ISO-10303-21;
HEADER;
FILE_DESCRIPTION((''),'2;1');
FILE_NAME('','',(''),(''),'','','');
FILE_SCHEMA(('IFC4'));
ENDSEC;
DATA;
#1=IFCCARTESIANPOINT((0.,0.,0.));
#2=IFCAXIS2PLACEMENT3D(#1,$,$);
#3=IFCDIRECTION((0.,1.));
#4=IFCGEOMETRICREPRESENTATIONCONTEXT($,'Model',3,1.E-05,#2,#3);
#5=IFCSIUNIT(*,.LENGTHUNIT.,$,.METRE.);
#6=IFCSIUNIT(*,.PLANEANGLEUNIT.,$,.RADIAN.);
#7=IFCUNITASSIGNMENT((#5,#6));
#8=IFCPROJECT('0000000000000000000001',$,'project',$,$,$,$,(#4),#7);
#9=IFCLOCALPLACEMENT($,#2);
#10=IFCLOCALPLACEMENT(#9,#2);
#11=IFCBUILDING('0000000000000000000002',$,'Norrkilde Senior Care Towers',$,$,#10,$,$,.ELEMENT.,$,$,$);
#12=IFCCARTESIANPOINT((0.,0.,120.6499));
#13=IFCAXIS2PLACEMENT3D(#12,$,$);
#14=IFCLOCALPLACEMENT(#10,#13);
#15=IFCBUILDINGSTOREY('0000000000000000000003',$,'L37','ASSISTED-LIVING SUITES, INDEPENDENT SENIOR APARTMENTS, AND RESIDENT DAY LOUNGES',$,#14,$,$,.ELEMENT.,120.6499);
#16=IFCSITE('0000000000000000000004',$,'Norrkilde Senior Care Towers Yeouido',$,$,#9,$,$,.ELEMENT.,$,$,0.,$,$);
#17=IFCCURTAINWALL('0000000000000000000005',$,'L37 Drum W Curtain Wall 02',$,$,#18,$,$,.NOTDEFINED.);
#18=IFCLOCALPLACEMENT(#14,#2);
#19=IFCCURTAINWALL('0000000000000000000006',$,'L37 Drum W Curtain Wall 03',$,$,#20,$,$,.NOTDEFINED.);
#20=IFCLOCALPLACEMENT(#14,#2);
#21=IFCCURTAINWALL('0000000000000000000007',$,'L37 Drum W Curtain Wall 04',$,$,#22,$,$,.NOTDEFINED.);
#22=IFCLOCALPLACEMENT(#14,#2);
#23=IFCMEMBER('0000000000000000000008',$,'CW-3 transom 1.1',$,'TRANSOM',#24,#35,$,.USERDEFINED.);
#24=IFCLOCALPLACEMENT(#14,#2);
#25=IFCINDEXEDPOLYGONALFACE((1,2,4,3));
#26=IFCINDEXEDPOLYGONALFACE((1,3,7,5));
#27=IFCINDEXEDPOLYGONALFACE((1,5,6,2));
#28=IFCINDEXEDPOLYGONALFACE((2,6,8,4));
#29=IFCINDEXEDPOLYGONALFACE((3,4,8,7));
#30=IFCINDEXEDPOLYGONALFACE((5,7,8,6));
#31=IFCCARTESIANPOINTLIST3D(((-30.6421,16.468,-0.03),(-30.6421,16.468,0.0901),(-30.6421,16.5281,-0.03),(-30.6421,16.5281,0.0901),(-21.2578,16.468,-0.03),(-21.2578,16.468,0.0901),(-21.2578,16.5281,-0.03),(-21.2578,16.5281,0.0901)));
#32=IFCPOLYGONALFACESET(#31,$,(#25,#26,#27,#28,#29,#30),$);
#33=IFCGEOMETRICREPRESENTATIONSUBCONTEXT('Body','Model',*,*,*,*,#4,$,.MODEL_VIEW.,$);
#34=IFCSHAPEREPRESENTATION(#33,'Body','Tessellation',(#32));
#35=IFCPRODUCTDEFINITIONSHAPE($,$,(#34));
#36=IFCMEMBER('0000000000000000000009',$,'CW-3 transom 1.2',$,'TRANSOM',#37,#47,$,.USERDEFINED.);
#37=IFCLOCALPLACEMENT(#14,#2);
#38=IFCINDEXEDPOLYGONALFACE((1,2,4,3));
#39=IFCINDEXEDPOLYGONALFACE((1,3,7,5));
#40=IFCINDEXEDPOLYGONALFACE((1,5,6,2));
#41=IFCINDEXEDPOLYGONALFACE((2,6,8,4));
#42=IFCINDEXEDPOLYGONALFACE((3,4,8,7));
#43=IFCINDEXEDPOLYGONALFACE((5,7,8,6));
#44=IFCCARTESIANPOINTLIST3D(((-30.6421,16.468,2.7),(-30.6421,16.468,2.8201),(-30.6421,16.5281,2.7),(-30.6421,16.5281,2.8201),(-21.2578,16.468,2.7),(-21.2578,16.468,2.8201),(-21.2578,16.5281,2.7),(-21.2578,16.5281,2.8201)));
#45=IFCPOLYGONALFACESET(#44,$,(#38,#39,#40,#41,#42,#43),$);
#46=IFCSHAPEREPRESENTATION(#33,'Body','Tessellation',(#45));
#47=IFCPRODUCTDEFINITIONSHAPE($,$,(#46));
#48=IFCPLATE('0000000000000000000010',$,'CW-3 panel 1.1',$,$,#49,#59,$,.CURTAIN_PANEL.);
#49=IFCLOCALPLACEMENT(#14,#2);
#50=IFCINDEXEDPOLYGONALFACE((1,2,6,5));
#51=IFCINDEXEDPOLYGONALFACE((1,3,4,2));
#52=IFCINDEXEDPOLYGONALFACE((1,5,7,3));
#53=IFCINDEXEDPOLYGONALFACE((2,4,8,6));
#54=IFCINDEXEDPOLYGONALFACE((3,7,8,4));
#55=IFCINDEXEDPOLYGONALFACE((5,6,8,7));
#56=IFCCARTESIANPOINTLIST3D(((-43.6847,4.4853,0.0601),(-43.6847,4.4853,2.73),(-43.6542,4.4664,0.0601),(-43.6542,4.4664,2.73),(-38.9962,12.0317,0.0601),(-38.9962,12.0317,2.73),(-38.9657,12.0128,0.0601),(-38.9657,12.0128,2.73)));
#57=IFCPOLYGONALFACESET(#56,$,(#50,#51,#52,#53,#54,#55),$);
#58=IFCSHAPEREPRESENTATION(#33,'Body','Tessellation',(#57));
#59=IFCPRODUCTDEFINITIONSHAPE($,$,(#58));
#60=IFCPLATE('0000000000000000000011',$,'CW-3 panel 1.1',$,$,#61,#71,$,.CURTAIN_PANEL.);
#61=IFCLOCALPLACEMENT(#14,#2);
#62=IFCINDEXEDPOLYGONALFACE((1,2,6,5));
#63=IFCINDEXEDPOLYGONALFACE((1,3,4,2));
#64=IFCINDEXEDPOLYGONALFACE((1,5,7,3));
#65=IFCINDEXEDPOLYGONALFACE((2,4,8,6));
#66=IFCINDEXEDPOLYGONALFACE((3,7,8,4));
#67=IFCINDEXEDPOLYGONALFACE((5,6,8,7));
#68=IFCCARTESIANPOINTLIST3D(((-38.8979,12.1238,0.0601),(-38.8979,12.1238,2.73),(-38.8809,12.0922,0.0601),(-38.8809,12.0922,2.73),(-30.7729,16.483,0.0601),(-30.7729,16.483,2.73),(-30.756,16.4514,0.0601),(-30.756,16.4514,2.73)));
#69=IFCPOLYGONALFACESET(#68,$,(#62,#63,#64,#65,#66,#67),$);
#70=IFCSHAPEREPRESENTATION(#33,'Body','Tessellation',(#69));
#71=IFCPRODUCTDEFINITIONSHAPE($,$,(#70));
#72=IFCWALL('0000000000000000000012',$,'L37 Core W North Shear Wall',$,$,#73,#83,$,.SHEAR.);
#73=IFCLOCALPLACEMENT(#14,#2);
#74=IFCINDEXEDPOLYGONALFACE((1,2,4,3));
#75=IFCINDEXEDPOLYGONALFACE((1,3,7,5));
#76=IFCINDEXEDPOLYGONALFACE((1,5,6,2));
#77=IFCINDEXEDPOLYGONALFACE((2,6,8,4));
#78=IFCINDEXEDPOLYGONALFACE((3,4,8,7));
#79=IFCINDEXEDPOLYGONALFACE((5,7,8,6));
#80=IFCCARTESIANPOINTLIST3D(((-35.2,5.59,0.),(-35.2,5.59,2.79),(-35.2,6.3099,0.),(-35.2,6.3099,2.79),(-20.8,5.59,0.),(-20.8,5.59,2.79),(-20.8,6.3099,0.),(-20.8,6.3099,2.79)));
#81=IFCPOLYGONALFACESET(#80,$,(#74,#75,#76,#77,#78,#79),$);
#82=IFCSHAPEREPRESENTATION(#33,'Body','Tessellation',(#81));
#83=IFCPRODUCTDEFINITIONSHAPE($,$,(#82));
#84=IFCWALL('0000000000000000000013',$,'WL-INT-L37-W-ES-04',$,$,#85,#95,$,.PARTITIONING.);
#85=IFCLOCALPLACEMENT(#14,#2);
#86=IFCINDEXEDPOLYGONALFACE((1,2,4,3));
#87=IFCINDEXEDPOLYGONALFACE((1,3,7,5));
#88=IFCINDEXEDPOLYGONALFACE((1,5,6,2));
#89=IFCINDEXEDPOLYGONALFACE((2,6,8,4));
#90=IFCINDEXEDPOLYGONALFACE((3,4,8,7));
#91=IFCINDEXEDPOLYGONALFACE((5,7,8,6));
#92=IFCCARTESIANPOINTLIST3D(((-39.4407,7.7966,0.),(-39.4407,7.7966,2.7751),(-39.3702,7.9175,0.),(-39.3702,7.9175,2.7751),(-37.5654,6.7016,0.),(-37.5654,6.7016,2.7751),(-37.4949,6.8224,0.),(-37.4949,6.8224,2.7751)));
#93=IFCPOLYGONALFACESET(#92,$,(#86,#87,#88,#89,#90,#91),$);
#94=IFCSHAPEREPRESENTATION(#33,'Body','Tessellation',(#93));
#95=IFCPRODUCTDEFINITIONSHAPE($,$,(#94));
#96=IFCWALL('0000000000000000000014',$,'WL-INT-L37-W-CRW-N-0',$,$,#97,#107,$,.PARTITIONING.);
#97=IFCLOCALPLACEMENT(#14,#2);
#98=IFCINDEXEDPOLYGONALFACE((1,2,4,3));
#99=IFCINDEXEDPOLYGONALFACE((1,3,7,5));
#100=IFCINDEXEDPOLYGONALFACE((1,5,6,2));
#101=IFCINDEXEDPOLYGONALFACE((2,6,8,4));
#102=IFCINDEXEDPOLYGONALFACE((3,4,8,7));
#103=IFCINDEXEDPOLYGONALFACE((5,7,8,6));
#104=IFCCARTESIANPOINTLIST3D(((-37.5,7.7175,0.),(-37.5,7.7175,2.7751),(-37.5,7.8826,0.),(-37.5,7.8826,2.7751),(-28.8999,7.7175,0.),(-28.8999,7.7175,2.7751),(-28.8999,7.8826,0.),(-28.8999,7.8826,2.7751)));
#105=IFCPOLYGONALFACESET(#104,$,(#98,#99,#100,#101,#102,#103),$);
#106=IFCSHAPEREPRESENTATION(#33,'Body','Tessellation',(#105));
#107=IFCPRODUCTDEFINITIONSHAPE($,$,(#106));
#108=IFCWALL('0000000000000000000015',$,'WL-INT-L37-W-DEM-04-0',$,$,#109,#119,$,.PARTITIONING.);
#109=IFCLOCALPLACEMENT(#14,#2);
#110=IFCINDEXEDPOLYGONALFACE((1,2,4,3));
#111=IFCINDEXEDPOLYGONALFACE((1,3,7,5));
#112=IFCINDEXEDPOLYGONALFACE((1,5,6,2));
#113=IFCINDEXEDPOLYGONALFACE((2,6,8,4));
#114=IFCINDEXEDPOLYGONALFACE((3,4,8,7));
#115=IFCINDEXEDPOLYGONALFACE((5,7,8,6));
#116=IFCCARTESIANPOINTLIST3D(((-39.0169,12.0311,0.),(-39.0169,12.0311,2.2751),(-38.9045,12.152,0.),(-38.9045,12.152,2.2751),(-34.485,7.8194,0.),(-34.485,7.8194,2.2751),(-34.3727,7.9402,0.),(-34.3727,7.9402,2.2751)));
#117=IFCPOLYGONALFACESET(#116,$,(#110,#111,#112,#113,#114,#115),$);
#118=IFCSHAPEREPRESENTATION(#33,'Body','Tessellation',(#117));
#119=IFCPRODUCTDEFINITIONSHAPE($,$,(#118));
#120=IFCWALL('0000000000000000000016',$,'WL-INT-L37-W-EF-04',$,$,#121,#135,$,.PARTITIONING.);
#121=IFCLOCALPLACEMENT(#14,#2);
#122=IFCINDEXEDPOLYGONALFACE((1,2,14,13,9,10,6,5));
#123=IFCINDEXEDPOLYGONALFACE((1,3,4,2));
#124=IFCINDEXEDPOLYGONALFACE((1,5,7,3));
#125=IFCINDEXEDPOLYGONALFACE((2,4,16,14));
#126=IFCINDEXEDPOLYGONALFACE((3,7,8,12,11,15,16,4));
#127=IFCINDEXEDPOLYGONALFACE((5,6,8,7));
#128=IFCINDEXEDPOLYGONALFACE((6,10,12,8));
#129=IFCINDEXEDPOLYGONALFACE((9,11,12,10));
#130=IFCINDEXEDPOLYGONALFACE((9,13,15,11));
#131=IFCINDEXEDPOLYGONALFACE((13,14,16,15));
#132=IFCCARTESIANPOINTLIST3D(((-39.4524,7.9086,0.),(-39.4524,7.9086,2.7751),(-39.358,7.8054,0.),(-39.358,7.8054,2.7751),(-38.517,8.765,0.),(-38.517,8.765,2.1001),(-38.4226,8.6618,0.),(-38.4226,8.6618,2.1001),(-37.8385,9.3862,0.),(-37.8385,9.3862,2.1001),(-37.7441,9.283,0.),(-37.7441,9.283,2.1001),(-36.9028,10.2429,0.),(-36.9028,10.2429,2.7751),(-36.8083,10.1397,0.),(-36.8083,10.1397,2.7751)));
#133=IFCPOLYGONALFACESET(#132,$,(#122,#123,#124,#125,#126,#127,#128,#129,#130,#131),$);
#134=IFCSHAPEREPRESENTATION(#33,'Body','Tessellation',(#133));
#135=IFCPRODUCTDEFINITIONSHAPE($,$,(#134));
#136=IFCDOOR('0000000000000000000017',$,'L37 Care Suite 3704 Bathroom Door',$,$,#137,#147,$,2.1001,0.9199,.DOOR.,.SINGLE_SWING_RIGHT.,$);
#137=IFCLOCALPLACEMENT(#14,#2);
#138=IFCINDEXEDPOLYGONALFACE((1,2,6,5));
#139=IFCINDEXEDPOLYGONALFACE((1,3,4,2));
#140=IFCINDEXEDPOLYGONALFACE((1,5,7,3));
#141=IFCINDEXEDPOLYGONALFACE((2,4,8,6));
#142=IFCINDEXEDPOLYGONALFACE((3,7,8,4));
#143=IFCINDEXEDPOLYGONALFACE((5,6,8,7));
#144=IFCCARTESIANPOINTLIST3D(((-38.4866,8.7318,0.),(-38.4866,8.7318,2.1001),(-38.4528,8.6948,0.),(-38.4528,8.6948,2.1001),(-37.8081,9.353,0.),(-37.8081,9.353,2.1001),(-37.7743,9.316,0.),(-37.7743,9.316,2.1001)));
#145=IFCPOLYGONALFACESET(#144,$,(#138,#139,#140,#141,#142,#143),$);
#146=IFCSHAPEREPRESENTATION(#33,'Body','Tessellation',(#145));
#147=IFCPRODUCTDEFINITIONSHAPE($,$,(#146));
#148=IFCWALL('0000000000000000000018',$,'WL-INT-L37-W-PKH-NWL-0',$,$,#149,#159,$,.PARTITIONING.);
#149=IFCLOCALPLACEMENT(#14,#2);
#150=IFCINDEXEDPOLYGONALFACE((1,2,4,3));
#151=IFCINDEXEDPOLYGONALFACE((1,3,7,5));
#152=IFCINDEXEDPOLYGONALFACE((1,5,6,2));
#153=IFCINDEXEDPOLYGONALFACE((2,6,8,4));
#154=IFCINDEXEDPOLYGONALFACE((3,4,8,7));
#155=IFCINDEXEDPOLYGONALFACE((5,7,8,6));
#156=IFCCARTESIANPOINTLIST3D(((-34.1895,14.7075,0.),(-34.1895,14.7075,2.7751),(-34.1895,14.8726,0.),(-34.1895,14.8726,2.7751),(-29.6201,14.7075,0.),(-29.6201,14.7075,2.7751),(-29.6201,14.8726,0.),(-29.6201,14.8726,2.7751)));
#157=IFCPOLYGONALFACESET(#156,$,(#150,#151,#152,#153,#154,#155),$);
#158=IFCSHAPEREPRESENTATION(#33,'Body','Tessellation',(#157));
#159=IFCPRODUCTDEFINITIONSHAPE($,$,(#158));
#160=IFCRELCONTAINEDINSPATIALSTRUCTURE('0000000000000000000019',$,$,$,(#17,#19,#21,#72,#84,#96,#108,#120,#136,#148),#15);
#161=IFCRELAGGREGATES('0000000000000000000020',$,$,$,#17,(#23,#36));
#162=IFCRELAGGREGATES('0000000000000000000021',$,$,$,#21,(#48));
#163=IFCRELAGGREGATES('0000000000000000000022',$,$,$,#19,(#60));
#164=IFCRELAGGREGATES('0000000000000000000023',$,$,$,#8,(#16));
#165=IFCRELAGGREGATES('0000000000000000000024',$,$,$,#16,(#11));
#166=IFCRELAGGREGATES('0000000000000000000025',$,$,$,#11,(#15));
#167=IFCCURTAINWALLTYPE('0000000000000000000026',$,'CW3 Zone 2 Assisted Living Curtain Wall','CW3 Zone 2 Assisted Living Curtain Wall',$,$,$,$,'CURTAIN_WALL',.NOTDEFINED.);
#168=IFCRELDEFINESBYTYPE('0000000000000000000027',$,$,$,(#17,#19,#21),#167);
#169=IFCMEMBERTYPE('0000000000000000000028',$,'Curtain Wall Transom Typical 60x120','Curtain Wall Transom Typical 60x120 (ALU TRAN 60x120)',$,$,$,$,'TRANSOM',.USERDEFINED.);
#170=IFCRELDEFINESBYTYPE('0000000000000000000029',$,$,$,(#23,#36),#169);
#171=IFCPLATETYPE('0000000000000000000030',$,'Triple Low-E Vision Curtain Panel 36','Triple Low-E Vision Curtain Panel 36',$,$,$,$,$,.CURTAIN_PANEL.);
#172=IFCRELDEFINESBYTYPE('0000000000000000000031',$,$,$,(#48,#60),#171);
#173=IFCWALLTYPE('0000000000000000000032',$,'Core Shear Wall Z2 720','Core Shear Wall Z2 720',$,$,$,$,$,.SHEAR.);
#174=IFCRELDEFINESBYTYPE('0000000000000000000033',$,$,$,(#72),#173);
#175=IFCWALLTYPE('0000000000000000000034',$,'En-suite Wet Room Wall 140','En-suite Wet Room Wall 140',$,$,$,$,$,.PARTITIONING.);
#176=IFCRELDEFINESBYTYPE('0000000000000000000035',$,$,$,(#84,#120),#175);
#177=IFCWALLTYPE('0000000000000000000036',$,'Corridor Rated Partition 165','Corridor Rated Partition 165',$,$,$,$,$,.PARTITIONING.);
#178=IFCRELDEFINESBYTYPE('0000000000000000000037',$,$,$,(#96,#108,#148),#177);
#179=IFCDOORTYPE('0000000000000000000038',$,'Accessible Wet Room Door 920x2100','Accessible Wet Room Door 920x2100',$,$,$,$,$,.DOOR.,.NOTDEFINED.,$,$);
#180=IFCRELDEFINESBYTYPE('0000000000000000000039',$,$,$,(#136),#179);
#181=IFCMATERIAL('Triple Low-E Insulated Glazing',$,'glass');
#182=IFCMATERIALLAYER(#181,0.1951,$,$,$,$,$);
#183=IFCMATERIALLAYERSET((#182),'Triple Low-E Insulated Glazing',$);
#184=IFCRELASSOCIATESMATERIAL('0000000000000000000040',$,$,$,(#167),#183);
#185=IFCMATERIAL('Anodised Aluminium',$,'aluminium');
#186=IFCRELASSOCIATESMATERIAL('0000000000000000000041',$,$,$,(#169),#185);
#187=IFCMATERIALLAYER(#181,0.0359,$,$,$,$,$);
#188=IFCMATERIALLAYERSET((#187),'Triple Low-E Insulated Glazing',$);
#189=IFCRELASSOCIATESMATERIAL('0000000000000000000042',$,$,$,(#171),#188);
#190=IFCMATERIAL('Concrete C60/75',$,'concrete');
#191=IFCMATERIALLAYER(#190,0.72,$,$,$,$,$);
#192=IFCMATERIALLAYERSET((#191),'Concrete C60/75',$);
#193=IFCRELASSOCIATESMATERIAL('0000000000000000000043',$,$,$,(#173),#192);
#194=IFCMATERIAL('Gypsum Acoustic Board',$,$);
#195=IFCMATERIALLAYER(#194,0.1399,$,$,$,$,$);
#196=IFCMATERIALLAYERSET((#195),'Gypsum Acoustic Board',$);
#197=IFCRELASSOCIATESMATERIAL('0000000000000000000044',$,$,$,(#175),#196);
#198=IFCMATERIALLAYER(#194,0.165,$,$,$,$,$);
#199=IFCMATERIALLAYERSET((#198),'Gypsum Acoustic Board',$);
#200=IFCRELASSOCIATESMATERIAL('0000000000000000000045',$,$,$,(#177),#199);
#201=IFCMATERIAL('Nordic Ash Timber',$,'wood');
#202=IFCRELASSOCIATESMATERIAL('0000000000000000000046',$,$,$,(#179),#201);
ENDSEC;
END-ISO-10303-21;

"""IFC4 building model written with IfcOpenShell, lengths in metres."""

from ifc_helpers import new_model, si_unit, direction, frame, frame_2d, origin, origin_2d, place, context, subcontext, project, spatial, rectangle, extrude, source, transform, mapped, material, layer, layer_set, material_profile, profile_set, type_object, type_shapes, element, fill, aggregate, save


model = new_model("IFC4")

# Units and contexts
model_context = context("Model", 3, precision=1e-05, world=origin(), true_north=direction((0.0, 1.0)))
body_context = subcontext(model_context, "Body", "Model", "MODEL_VIEW")
ifc_project = project(units=[si_unit("LENGTHUNIT", "METRE"), si_unit("PLANEANGLEUNIT", "RADIAN")], contexts=[model_context])

# Site, building, storey
site_placement = place(None, origin())
site = spatial("IfcSite", under=ifc_project, at=site_placement, Name="Norrkilde Senior Care Towers Yeouido", CompositionType="ELEMENT", RefElevation=0.0)
building_placement = place(site_placement, origin())
building = spatial("IfcBuilding", under=site, at=building_placement, Name="Norrkilde Senior Care Towers", CompositionType="ELEMENT")
storey_placement = place(building_placement, frame((0.0, 0.0, 120.6499)))
storey = spatial("IfcBuildingStorey", under=building, at=storey_placement, Name="L37", Description="ASSISTED-LIVING SUITES, INDEPENDENT SENIOR APARTMENTS, AND RESIDENT DAY LOUNGES", CompositionType="ELEMENT", Elevation=120.6499)

# Shared definitions
ifc_material_1 = material(Name="Concrete C60/75", Category="concrete")

# Curtain wall
ifc_material_2 = material(Name="Triple Low-E Insulated Glazing", Category="glass")
ifc_layer_1 = layer(ifc_material_2, 0.1951)
ifc_layer_set_1 = layer_set([ifc_layer_1], Name="Triple Low-E Insulated Glazing")
curtain_wall_type = type_object("IfcCurtainWallType", Name="CW3 Zone 2 Assisted Living Curtain Wall", Description="CW3 Zone 2 Assisted Living Curtain Wall", ElementType="CURTAIN_WALL", PredefinedType="NOTDEFINED", material=ifc_layer_set_1)
curtain_wall_1_placement = place(storey_placement, origin())
curtain_wall_1 = element("IfcCurtainWall", 1, at=curtain_wall_1_placement, inside=storey, type_object=curtain_wall_type, Name="L37 Drum W Curtain Wall 02", PredefinedType="NOTDEFINED")
ifc_material_3 = material(Name="Anodised Aluminium", Category="aluminium")

# Curtain wall
curtain_wall_2_placement = place(storey_placement, origin())
curtain_wall_2 = element("IfcCurtainWall", 2, at=curtain_wall_2_placement, inside=storey, type_object=curtain_wall_type, Name="L37 Drum W Curtain Wall 03", PredefinedType="NOTDEFINED")

# Curtain wall
curtain_wall_3_placement = place(storey_placement, origin())
curtain_wall_3 = element("IfcCurtainWall", 3, at=curtain_wall_3_placement, inside=storey, type_object=curtain_wall_type, Name="L37 Drum W Curtain Wall 04", PredefinedType="NOTDEFINED")

# Members
ifc_material_profile_1 = material_profile(ifc_material_3, rectangle(XDim=0.0601, YDim=0.1201, at=origin_2d()), Name="ALU TRAN 60x120")
ifc_profile_set_1 = profile_set([ifc_material_profile_1], Name="Anodised Aluminium")
member_type_1 = type_object("IfcMemberType", Name="Curtain Wall Transom Typical 60x120", Description="Curtain Wall Transom Typical 60x120 (ALU TRAN 60x120)", ElementType="TRANSOM", PredefinedType="USERDEFINED", material=ifc_profile_set_1)
shared_shape_1 = source(origin(), body_context, "Body", "SweptSolid", [
    extrude(rectangle(XDim=0.0601, YDim=0.1201, at=origin_2d()), origin(), (0.0, 0.0, 1.0), 9.3843),
])
member_1_placement = place(storey_placement, frame((-30.6421, 16.498, 0.03), z_axis=(1.0, 0.0, 0.0), x_axis=(0.0, 1.0, 0.0)))
member_1 = element("IfcMember", 4, at=member_1_placement, type_object=member_type_1, Name="CW-3 transom 1.1", ObjectType="TRANSOM", PredefinedType="USERDEFINED", context=body_context, shape_type="MappedRepresentation", body=[
    mapped(shared_shape_1, transform((0.0, 0.0, 0.0), x_axis=(1.0, 0.0, 0.0), y_axis=(0.0, 1.0, 0.0), z_axis=(0.0, 0.0, 1.0), scale=1.0)),
])
member_2_placement = place(storey_placement, frame((-30.6421, 16.498, 2.76), z_axis=(1.0, 0.0, 0.0), x_axis=(0.0, 1.0, 0.0)))
member_2 = element("IfcMember", 5, at=member_2_placement, type_object=member_type_1, Name="CW-3 transom 1.2", ObjectType="TRANSOM", PredefinedType="USERDEFINED", context=body_context, shape_type="MappedRepresentation", body=[
    mapped(shared_shape_1, transform((0.0, 0.0, 0.0), x_axis=(1.0, 0.0, 0.0), y_axis=(0.0, 1.0, 0.0), z_axis=(0.0, 0.0, 1.0), scale=1.0)),
])
aggregate(curtain_wall_1, [member_1, member_2])

# Plates
ifc_layer_2 = layer(ifc_material_2, 0.0359)
ifc_layer_set_2 = layer_set([ifc_layer_2], Name="Triple Low-E Insulated Glazing")
plate_type = type_object("IfcPlateType", Name="Triple Low-E Vision Curtain Panel 36", Description="Triple Low-E Vision Curtain Panel 36", PredefinedType="CURTAIN_PANEL", material=ifc_layer_set_2)
shared_shape_2 = source(origin(), body_context, "Body", "SweptSolid", [
    extrude(rectangle(XDim=8.8843, YDim=0.0359, at=origin_2d()), origin(), (0.0, 0.0, 1.0), 2.6699),
])
plate_1_placement = place(storey_placement, frame((-41.3252, 8.249, 0.0601), z_axis=(0.0, 0.0, 1.0), x_axis=(0.527733, 0.84941, 0.0)))
plate_1 = element("IfcPlate", 6, at=plate_1_placement, type_object=plate_type, Name="CW-3 panel 1.1", PredefinedType="CURTAIN_PANEL", context=body_context, shape_type="MappedRepresentation", body=[
    mapped(shared_shape_2, transform((0.0, 0.0, 0.0), x_axis=(1.0, 0.0, 0.0), y_axis=(0.0, 1.0, 0.0), z_axis=(0.0, 0.0, 1.0), scale=1.0)),
])
aggregate(curtain_wall_3, [plate_1])
shared_shape_3 = source(origin(), body_context, "Body", "SweptSolid", [
    extrude(rectangle(XDim=9.2205, YDim=0.0359, at=origin_2d()), origin(), (0.0, 0.0, 1.0), 2.6699),
])
type_shapes(plate_type, [shared_shape_2, shared_shape_3])
plate_2_placement = place(storey_placement, frame((-34.8269, 14.2876, 0.0601), z_axis=(0.0, 0.0, 1.0), x_axis=(0.881186, 0.472769, 0.0)))
plate_2 = element("IfcPlate", 7, at=plate_2_placement, type_object=plate_type, Name="CW-3 panel 1.1", PredefinedType="CURTAIN_PANEL", context=body_context, shape_type="MappedRepresentation", body=[
    mapped(shared_shape_3, transform((0.0, 0.0, 0.0), x_axis=(1.0, 0.0, 0.0), y_axis=(0.0, 1.0, 0.0), z_axis=(0.0, 0.0, 1.0), scale=1.0)),
])
aggregate(curtain_wall_2, [plate_2])

# Walls
ifc_layer_3 = layer(ifc_material_1, 0.72)
ifc_layer_set_3 = layer_set([ifc_layer_3], Name="Concrete C60/75")
wall_type_1 = type_object("IfcWallType", Name="Core Shear Wall Z2 720", Description="Core Shear Wall Z2 720", PredefinedType="SHEAR", material=ifc_layer_set_3)
shared_shape_4 = source(origin(), body_context, "Body", "SweptSolid", [
    extrude(rectangle(XDim=14.3999, YDim=0.72, at=frame_2d((7.2, 0.0))), origin(), (0.0, 0.0, 1.0), 2.79),
])
type_shapes(wall_type_1, [shared_shape_4])
wall_1_placement = place(storey_placement, frame((-35.2, 5.95, 0.0), z_axis=(0.0, 0.0, 1.0), x_axis=(1.0, 0.0, 0.0)))
element("IfcWall", 8, at=wall_1_placement, inside=storey, type_object=wall_type_1, Name="L37 Core W North Shear Wall", PredefinedType="SHEAR", context=body_context, shape_type="MappedRepresentation", body=[
    mapped(shared_shape_4, transform((0.0, 0.0, 0.0), x_axis=(1.0, 0.0, 0.0), y_axis=(0.0, 1.0, 0.0), z_axis=(0.0, 0.0, 1.0), scale=1.0)),
])
ifc_material_4 = material(Name="Gypsum Acoustic Board")
ifc_layer_4 = layer(ifc_material_4, 0.1399)
ifc_layer_set_4 = layer_set([ifc_layer_4], Name="Gypsum Acoustic Board")
wall_type_2 = type_object("IfcWallType", Name="En-suite Wet Room Wall 140", Description="En-suite Wet Room Wall 140", PredefinedType="PARTITIONING", material=ifc_layer_set_4)
shared_shape_5 = source(origin(), body_context, "Body", "SweptSolid", [
    extrude(rectangle(XDim=2.1716, YDim=0.1399, at=frame_2d((1.0859, 0.0))), origin(), (0.0, 0.0, 1.0), 2.7751),
])
wall_2_placement = place(storey_placement, frame((-37.53, 6.762, 0.0), z_axis=(0.0, 0.0, 1.0), x_axis=(-0.863563, 0.504241, 0.0)))
element("IfcWall", 9, at=wall_2_placement, inside=storey, type_object=wall_type_2, Name="WL-INT-L37-W-ES-04", PredefinedType="PARTITIONING", context=body_context, shape_type="MappedRepresentation", body=[
    mapped(shared_shape_5, transform((0.0, 0.0, 0.0), x_axis=(1.0, 0.0, 0.0), y_axis=(0.0, 1.0, 0.0), z_axis=(0.0, 0.0, 1.0), scale=1.0)),
])
ifc_layer_5 = layer(ifc_material_4, 0.165)
ifc_layer_set_5 = layer_set([ifc_layer_5], Name="Gypsum Acoustic Board")
wall_type_3 = type_object("IfcWallType", Name="Corridor Rated Partition 165", Description="Corridor Rated Partition 165", PredefinedType="PARTITIONING", material=ifc_layer_set_5)
shared_shape_6 = source(origin(), body_context, "Body", "SweptSolid", [
    extrude(rectangle(XDim=8.6001, YDim=0.165, at=frame_2d((4.3, 0.0))), origin(), (0.0, 0.0, 1.0), 2.7751),
])
wall_3_placement = place(storey_placement, frame((-37.5, 7.8, 0.0), z_axis=(0.0, 0.0, 1.0), x_axis=(1.0, 0.0, 0.0)))
element("IfcWall", 10, at=wall_3_placement, inside=storey, type_object=wall_type_3, Name="WL-INT-L37-W-CRW-N-0", PredefinedType="PARTITIONING", context=body_context, shape_type="MappedRepresentation", body=[
    mapped(shared_shape_6, transform((0.0, 0.0, 0.0), x_axis=(1.0, 0.0, 0.0), y_axis=(0.0, 1.0, 0.0), z_axis=(0.0, 0.0, 1.0), scale=1.0)),
])
shared_shape_7 = source(origin(), body_context, "Body", "SweptSolid", [
    extrude(rectangle(XDim=6.1868, YDim=0.165, at=frame_2d((3.0933, 0.0))), origin(), (0.0, 0.0, 1.0), 2.2751),
])
wall_4_placement = place(storey_placement, frame((-34.429, 7.8799, 0.0), z_axis=(0.0, 0.0, 1.0), x_axis=(-0.732501, 0.680766, 0.0)))
element("IfcWall", 11, at=wall_4_placement, inside=storey, type_object=wall_type_3, Name="WL-INT-L37-W-DEM-04-0", PredefinedType="PARTITIONING", context=body_context, shape_type="MappedRepresentation", body=[
    mapped(shared_shape_7, transform((0.0, 0.0, 0.0), x_axis=(1.0, 0.0, 0.0), y_axis=(0.0, 1.0, 0.0), z_axis=(0.0, 0.0, 1.0), scale=1.0)),
])

# Wall, opening, door
shared_shape_8 = source(origin(), body_context, "Body", "SweptSolid", [
    extrude(rectangle(XDim=3.4568, YDim=0.1399, at=frame_2d((1.7285, 0.0))), origin(), (0.0, 0.0, 1.0), 2.7751),
])
type_shapes(wall_type_2, [shared_shape_5, shared_shape_8])
wall_5_placement = place(storey_placement, frame((-39.4053, 7.8569, 0.0), z_axis=(0.0, 0.0, 1.0), x_axis=(0.737567, 0.675274, 0.0)))
wall_5 = element("IfcWall", 12, at=wall_5_placement, inside=storey, type_object=wall_type_2, Name="WL-INT-L37-W-EF-04", PredefinedType="PARTITIONING", context=body_context, shape_type="MappedRepresentation", body=[
    mapped(shared_shape_8, transform((0.0, 0.0, 0.0), x_axis=(1.0, 0.0, 0.0), y_axis=(0.0, 1.0, 0.0), z_axis=(0.0, 0.0, 1.0), scale=1.0)),
])
opening_1_placement = place(wall_5_placement, frame((1.2683, 0.0, 0.0)))
opening_1 = element("IfcOpeningElement", 13, at=opening_1_placement, cuts=wall_5, PredefinedType="OPENING", context=body_context, shape_type="SweptSolid", body=[
    extrude(rectangle(XDim=0.9199, YDim=2.1001, at=frame_2d((0.46, 1.05))), frame((0.0, 0.0798, 0.0), z_axis=(0.0, -1.0, 0.0), x_axis=(1.0, 0.0, 0.0)), (0.0, 0.0, 1.0), 0.1599),
])
ifc_material_5 = material(Name="Nordic Ash Timber", Category="wood")
door_type_1 = type_object("IfcDoorType", Name="Accessible Wet Room Door 920x2100", Description="Accessible Wet Room Door 920x2100", OperationType="NOTDEFINED", PredefinedType="DOOR", material=ifc_material_5)
shared_shape_9 = source(origin(), body_context, "Body", "SweptSolid", [
    extrude(rectangle(XDim=0.9199, YDim=2.1001, at=frame_2d((0.46, 1.05))), frame((0.0, 0.0249, 0.0), z_axis=(0.0, -1.0, 0.0), x_axis=(1.0, 0.0, 0.0)), (0.0, 0.0, 1.0), 0.05),
])
type_shapes(door_type_1, [shared_shape_9])
door_1_placement = place(opening_1_placement, origin())
door_1 = element("IfcDoor", 14, at=door_1_placement, inside=storey, type_object=door_type_1, Name="L37 Care Suite 3704 Bathroom Door", OperationType="SINGLE_SWING_RIGHT", OverallHeight=2.1001, OverallWidth=0.9199, PredefinedType="DOOR", context=body_context, shape_type="MappedRepresentation", body=[
    mapped(shared_shape_9, transform((0.0, 0.0, 0.0), x_axis=(1.0, 0.0, 0.0), y_axis=(0.0, 1.0, 0.0), z_axis=(0.0, 0.0, 1.0), scale=1.0)),
])
fill(opening_1, door_1)

# Wall
shared_shape_10 = source(origin(), body_context, "Body", "SweptSolid", [
    extrude(rectangle(XDim=4.5693, YDim=0.165, at=frame_2d((2.2847, 0.0))), origin(), (0.0, 0.0, 1.0), 2.7751),
])
wall_6_placement = place(storey_placement, frame((-34.1895, 14.79, 0.0), z_axis=(0.0, 0.0, 1.0), x_axis=(1.0, 0.0, 0.0)))
element("IfcWall", 15, at=wall_6_placement, inside=storey, type_object=wall_type_3, Name="WL-INT-L37-W-PKH-NWL-0", PredefinedType="PARTITIONING", context=body_context, shape_type="MappedRepresentation", body=[
    mapped(shared_shape_10, transform((0.0, 0.0, 0.0), x_axis=(1.0, 0.0, 0.0), y_axis=(0.0, 1.0, 0.0), z_axis=(0.0, 0.0, 1.0), scale=1.0)),
])

save(model, "model.ifc")
